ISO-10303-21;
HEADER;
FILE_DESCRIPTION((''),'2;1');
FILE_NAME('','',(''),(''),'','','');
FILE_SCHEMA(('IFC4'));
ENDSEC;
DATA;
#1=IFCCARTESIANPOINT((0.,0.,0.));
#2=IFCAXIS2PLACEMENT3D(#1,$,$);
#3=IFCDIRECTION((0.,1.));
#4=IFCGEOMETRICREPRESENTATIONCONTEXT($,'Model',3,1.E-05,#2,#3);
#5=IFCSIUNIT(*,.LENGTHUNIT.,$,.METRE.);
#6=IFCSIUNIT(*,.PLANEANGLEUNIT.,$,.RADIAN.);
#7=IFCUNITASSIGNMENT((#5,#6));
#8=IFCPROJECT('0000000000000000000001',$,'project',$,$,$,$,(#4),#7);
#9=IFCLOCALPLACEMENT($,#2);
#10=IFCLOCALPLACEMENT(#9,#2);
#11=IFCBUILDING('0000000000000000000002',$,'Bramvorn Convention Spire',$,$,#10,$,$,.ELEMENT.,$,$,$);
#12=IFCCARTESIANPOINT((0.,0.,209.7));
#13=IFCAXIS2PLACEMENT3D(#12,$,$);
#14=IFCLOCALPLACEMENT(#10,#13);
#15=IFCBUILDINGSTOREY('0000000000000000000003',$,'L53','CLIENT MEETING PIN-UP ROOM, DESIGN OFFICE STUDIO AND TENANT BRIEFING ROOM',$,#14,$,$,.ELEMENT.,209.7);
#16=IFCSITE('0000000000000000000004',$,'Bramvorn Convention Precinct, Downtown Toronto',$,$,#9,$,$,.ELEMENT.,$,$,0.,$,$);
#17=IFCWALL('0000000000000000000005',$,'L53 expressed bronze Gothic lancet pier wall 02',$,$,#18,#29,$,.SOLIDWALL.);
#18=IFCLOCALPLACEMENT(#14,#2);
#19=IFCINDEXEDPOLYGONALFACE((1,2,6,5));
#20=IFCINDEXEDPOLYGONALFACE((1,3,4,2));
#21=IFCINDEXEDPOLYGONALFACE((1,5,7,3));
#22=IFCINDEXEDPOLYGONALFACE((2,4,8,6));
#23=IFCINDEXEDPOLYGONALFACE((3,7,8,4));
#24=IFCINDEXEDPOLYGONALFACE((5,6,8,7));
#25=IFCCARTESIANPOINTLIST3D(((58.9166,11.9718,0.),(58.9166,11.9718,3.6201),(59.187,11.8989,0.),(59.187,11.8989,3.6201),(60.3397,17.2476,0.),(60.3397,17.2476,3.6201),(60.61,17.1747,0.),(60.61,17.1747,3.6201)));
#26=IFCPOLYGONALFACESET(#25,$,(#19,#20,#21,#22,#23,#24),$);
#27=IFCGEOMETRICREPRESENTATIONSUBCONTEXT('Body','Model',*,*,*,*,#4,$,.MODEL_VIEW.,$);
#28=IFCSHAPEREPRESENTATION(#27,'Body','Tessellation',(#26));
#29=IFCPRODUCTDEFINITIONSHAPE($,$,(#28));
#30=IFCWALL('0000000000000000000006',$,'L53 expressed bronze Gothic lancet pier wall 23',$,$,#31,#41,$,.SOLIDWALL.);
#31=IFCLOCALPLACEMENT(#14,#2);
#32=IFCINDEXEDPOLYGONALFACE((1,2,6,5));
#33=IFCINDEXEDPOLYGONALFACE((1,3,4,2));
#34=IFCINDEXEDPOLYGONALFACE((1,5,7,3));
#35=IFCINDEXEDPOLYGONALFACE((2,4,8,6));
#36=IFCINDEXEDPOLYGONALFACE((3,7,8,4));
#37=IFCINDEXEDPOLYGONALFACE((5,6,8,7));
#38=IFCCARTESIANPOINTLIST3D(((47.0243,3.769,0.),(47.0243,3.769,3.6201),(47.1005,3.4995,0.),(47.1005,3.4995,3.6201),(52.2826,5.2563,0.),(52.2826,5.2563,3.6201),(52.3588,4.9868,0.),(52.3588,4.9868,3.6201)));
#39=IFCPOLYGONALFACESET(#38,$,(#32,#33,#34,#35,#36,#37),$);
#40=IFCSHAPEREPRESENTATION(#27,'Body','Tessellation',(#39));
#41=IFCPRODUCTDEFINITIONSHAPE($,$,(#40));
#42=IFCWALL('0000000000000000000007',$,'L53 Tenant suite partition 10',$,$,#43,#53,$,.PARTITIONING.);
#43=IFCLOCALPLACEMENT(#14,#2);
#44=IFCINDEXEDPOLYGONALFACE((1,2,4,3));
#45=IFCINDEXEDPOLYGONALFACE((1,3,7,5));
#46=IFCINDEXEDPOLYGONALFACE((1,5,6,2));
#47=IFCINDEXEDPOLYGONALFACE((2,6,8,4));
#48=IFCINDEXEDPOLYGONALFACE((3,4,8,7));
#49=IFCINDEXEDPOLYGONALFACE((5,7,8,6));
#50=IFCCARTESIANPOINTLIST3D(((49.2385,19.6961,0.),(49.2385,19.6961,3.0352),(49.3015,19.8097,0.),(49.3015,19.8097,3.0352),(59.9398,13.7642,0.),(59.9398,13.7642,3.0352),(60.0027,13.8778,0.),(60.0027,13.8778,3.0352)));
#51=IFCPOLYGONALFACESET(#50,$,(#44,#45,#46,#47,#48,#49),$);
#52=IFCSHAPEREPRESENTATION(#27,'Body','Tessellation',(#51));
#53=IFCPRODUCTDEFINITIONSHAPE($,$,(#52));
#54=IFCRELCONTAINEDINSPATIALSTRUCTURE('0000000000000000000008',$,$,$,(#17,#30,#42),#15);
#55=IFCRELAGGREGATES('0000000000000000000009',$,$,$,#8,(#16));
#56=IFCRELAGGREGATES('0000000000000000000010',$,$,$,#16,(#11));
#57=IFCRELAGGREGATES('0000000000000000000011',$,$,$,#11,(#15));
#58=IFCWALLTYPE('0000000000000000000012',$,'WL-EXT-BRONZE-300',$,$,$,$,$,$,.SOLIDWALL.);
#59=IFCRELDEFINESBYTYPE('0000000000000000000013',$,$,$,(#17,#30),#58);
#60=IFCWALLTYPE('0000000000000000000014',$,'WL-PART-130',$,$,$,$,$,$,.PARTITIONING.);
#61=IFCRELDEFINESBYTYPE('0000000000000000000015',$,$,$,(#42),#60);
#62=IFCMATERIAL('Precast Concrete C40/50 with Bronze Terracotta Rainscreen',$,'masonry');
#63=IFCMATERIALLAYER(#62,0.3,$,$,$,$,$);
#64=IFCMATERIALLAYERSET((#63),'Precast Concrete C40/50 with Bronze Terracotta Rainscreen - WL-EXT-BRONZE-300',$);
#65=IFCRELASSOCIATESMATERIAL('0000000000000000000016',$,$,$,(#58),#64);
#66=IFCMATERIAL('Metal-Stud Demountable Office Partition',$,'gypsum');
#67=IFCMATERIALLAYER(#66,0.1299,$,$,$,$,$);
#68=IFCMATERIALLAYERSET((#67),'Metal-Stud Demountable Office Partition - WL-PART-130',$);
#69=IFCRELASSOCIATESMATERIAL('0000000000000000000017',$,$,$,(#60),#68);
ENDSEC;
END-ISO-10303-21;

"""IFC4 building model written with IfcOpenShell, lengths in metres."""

from ifc_helpers import new_model, si_unit, direction, frame, frame_2d, origin, place, context, subcontext, project, spatial, rectangle, extrude, material, layer, layer_set, type_object, element, save


model = new_model("IFC4")

# Units and contexts
model_context = context("Model", 3, precision=1e-05, world=origin(), true_north=direction((0.0, 1.0)))
body_context = subcontext(model_context, "Body", "Model", "MODEL_VIEW")
ifc_project = project(units=[si_unit("LENGTHUNIT", "METRE"), si_unit("PLANEANGLEUNIT", "RADIAN")], contexts=[model_context])

# Site, building, storey
site_placement = place(None, origin())
site = spatial("IfcSite", under=ifc_project, at=site_placement, Name="Bramvorn Convention Precinct, Downtown Toronto", CompositionType="ELEMENT", RefElevation=0.0)
building_placement = place(site_placement, origin())
building = spatial("IfcBuilding", under=site, at=building_placement, Name="Bramvorn Convention Spire", CompositionType="ELEMENT")
storey_placement = place(building_placement, frame((0.0, 0.0, 209.7)))
storey = spatial("IfcBuildingStorey", under=building, at=storey_placement, Name="L53", Description="CLIENT MEETING PIN-UP ROOM, DESIGN OFFICE STUDIO AND TENANT BRIEFING ROOM", CompositionType="ELEMENT", Elevation=209.7)

# Walls
ifc_material_1 = material(Name="Precast Concrete C40/50 with Bronze Terracotta Rainscreen", Category="masonry")
ifc_layer_1 = layer(ifc_material_1, 0.3)
ifc_layer_set_1 = layer_set([ifc_layer_1], Name="Precast Concrete C40/50 with Bronze Terracotta Rainscreen - WL-EXT-BRONZE-300")
wall_type_1 = type_object("IfcWallType", Name="WL-EXT-BRONZE-300", PredefinedType="SOLIDWALL", material=ifc_layer_set_1)
wall_1_placement = place(storey_placement, frame((60.4749, 17.2112, 0.0), z_axis=(0.0, 0.0, 1.0), x_axis=(-0.260428, -0.965493, 0.0)))
element("IfcWall", 1, at=wall_1_placement, inside=storey, type_object=wall_type_1, Name="L53 expressed bronze Gothic lancet pier wall 02", PredefinedType="SOLIDWALL", context=body_context, shape_type="SweptSolid", body=[
    extrude(rectangle(XDim=5.4644, YDim=0.28, at=frame_2d((2.7322, 0.0))), origin(), (0.0, 0.0, 1.0), 3.6201),
])
wall_2_placement = place(storey_placement, frame((52.3208, 5.1216, 0.0), z_axis=(0.0, 0.0, 1.0), x_axis=(-0.962249, -0.272171, 0.0)))
element("IfcWall", 2, at=wall_2_placement, inside=storey, type_object=wall_type_1, Name="L53 expressed bronze Gothic lancet pier wall 23", PredefinedType="SOLIDWALL", context=body_context, shape_type="SweptSolid", body=[
    extrude(rectangle(XDim=5.4646, YDim=0.28, at=frame_2d((2.7324, 0.0))), origin(), (0.0, 0.0, 1.0), 3.6201),
])
ifc_material_2 = material(Name="Metal-Stud Demountable Office Partition", Category="gypsum")
ifc_layer_2 = layer(ifc_material_2, 0.1299)
ifc_layer_set_2 = layer_set([ifc_layer_2], Name="Metal-Stud Demountable Office Partition - WL-PART-130")
wall_type_2 = type_object("IfcWallType", Name="WL-PART-130", PredefinedType="PARTITIONING", material=ifc_layer_set_2)
wall_3_placement = place(storey_placement, frame((49.27, 19.7529, 0.0), z_axis=(0.0, 0.0, 1.0), x_axis=(0.874615, -0.484818, 0.0)))
element("IfcWall", 3, at=wall_3_placement, inside=storey, type_object=wall_type_2, Name="L53 Tenant suite partition 10", PredefinedType="PARTITIONING", context=body_context, shape_type="SweptSolid", body=[
    extrude(rectangle(XDim=12.2354, YDim=0.1299, at=frame_2d((6.1177, 0.0))), origin(), (0.0, 0.0, 1.0), 3.0352),
])

save(model, "model.ifc")
